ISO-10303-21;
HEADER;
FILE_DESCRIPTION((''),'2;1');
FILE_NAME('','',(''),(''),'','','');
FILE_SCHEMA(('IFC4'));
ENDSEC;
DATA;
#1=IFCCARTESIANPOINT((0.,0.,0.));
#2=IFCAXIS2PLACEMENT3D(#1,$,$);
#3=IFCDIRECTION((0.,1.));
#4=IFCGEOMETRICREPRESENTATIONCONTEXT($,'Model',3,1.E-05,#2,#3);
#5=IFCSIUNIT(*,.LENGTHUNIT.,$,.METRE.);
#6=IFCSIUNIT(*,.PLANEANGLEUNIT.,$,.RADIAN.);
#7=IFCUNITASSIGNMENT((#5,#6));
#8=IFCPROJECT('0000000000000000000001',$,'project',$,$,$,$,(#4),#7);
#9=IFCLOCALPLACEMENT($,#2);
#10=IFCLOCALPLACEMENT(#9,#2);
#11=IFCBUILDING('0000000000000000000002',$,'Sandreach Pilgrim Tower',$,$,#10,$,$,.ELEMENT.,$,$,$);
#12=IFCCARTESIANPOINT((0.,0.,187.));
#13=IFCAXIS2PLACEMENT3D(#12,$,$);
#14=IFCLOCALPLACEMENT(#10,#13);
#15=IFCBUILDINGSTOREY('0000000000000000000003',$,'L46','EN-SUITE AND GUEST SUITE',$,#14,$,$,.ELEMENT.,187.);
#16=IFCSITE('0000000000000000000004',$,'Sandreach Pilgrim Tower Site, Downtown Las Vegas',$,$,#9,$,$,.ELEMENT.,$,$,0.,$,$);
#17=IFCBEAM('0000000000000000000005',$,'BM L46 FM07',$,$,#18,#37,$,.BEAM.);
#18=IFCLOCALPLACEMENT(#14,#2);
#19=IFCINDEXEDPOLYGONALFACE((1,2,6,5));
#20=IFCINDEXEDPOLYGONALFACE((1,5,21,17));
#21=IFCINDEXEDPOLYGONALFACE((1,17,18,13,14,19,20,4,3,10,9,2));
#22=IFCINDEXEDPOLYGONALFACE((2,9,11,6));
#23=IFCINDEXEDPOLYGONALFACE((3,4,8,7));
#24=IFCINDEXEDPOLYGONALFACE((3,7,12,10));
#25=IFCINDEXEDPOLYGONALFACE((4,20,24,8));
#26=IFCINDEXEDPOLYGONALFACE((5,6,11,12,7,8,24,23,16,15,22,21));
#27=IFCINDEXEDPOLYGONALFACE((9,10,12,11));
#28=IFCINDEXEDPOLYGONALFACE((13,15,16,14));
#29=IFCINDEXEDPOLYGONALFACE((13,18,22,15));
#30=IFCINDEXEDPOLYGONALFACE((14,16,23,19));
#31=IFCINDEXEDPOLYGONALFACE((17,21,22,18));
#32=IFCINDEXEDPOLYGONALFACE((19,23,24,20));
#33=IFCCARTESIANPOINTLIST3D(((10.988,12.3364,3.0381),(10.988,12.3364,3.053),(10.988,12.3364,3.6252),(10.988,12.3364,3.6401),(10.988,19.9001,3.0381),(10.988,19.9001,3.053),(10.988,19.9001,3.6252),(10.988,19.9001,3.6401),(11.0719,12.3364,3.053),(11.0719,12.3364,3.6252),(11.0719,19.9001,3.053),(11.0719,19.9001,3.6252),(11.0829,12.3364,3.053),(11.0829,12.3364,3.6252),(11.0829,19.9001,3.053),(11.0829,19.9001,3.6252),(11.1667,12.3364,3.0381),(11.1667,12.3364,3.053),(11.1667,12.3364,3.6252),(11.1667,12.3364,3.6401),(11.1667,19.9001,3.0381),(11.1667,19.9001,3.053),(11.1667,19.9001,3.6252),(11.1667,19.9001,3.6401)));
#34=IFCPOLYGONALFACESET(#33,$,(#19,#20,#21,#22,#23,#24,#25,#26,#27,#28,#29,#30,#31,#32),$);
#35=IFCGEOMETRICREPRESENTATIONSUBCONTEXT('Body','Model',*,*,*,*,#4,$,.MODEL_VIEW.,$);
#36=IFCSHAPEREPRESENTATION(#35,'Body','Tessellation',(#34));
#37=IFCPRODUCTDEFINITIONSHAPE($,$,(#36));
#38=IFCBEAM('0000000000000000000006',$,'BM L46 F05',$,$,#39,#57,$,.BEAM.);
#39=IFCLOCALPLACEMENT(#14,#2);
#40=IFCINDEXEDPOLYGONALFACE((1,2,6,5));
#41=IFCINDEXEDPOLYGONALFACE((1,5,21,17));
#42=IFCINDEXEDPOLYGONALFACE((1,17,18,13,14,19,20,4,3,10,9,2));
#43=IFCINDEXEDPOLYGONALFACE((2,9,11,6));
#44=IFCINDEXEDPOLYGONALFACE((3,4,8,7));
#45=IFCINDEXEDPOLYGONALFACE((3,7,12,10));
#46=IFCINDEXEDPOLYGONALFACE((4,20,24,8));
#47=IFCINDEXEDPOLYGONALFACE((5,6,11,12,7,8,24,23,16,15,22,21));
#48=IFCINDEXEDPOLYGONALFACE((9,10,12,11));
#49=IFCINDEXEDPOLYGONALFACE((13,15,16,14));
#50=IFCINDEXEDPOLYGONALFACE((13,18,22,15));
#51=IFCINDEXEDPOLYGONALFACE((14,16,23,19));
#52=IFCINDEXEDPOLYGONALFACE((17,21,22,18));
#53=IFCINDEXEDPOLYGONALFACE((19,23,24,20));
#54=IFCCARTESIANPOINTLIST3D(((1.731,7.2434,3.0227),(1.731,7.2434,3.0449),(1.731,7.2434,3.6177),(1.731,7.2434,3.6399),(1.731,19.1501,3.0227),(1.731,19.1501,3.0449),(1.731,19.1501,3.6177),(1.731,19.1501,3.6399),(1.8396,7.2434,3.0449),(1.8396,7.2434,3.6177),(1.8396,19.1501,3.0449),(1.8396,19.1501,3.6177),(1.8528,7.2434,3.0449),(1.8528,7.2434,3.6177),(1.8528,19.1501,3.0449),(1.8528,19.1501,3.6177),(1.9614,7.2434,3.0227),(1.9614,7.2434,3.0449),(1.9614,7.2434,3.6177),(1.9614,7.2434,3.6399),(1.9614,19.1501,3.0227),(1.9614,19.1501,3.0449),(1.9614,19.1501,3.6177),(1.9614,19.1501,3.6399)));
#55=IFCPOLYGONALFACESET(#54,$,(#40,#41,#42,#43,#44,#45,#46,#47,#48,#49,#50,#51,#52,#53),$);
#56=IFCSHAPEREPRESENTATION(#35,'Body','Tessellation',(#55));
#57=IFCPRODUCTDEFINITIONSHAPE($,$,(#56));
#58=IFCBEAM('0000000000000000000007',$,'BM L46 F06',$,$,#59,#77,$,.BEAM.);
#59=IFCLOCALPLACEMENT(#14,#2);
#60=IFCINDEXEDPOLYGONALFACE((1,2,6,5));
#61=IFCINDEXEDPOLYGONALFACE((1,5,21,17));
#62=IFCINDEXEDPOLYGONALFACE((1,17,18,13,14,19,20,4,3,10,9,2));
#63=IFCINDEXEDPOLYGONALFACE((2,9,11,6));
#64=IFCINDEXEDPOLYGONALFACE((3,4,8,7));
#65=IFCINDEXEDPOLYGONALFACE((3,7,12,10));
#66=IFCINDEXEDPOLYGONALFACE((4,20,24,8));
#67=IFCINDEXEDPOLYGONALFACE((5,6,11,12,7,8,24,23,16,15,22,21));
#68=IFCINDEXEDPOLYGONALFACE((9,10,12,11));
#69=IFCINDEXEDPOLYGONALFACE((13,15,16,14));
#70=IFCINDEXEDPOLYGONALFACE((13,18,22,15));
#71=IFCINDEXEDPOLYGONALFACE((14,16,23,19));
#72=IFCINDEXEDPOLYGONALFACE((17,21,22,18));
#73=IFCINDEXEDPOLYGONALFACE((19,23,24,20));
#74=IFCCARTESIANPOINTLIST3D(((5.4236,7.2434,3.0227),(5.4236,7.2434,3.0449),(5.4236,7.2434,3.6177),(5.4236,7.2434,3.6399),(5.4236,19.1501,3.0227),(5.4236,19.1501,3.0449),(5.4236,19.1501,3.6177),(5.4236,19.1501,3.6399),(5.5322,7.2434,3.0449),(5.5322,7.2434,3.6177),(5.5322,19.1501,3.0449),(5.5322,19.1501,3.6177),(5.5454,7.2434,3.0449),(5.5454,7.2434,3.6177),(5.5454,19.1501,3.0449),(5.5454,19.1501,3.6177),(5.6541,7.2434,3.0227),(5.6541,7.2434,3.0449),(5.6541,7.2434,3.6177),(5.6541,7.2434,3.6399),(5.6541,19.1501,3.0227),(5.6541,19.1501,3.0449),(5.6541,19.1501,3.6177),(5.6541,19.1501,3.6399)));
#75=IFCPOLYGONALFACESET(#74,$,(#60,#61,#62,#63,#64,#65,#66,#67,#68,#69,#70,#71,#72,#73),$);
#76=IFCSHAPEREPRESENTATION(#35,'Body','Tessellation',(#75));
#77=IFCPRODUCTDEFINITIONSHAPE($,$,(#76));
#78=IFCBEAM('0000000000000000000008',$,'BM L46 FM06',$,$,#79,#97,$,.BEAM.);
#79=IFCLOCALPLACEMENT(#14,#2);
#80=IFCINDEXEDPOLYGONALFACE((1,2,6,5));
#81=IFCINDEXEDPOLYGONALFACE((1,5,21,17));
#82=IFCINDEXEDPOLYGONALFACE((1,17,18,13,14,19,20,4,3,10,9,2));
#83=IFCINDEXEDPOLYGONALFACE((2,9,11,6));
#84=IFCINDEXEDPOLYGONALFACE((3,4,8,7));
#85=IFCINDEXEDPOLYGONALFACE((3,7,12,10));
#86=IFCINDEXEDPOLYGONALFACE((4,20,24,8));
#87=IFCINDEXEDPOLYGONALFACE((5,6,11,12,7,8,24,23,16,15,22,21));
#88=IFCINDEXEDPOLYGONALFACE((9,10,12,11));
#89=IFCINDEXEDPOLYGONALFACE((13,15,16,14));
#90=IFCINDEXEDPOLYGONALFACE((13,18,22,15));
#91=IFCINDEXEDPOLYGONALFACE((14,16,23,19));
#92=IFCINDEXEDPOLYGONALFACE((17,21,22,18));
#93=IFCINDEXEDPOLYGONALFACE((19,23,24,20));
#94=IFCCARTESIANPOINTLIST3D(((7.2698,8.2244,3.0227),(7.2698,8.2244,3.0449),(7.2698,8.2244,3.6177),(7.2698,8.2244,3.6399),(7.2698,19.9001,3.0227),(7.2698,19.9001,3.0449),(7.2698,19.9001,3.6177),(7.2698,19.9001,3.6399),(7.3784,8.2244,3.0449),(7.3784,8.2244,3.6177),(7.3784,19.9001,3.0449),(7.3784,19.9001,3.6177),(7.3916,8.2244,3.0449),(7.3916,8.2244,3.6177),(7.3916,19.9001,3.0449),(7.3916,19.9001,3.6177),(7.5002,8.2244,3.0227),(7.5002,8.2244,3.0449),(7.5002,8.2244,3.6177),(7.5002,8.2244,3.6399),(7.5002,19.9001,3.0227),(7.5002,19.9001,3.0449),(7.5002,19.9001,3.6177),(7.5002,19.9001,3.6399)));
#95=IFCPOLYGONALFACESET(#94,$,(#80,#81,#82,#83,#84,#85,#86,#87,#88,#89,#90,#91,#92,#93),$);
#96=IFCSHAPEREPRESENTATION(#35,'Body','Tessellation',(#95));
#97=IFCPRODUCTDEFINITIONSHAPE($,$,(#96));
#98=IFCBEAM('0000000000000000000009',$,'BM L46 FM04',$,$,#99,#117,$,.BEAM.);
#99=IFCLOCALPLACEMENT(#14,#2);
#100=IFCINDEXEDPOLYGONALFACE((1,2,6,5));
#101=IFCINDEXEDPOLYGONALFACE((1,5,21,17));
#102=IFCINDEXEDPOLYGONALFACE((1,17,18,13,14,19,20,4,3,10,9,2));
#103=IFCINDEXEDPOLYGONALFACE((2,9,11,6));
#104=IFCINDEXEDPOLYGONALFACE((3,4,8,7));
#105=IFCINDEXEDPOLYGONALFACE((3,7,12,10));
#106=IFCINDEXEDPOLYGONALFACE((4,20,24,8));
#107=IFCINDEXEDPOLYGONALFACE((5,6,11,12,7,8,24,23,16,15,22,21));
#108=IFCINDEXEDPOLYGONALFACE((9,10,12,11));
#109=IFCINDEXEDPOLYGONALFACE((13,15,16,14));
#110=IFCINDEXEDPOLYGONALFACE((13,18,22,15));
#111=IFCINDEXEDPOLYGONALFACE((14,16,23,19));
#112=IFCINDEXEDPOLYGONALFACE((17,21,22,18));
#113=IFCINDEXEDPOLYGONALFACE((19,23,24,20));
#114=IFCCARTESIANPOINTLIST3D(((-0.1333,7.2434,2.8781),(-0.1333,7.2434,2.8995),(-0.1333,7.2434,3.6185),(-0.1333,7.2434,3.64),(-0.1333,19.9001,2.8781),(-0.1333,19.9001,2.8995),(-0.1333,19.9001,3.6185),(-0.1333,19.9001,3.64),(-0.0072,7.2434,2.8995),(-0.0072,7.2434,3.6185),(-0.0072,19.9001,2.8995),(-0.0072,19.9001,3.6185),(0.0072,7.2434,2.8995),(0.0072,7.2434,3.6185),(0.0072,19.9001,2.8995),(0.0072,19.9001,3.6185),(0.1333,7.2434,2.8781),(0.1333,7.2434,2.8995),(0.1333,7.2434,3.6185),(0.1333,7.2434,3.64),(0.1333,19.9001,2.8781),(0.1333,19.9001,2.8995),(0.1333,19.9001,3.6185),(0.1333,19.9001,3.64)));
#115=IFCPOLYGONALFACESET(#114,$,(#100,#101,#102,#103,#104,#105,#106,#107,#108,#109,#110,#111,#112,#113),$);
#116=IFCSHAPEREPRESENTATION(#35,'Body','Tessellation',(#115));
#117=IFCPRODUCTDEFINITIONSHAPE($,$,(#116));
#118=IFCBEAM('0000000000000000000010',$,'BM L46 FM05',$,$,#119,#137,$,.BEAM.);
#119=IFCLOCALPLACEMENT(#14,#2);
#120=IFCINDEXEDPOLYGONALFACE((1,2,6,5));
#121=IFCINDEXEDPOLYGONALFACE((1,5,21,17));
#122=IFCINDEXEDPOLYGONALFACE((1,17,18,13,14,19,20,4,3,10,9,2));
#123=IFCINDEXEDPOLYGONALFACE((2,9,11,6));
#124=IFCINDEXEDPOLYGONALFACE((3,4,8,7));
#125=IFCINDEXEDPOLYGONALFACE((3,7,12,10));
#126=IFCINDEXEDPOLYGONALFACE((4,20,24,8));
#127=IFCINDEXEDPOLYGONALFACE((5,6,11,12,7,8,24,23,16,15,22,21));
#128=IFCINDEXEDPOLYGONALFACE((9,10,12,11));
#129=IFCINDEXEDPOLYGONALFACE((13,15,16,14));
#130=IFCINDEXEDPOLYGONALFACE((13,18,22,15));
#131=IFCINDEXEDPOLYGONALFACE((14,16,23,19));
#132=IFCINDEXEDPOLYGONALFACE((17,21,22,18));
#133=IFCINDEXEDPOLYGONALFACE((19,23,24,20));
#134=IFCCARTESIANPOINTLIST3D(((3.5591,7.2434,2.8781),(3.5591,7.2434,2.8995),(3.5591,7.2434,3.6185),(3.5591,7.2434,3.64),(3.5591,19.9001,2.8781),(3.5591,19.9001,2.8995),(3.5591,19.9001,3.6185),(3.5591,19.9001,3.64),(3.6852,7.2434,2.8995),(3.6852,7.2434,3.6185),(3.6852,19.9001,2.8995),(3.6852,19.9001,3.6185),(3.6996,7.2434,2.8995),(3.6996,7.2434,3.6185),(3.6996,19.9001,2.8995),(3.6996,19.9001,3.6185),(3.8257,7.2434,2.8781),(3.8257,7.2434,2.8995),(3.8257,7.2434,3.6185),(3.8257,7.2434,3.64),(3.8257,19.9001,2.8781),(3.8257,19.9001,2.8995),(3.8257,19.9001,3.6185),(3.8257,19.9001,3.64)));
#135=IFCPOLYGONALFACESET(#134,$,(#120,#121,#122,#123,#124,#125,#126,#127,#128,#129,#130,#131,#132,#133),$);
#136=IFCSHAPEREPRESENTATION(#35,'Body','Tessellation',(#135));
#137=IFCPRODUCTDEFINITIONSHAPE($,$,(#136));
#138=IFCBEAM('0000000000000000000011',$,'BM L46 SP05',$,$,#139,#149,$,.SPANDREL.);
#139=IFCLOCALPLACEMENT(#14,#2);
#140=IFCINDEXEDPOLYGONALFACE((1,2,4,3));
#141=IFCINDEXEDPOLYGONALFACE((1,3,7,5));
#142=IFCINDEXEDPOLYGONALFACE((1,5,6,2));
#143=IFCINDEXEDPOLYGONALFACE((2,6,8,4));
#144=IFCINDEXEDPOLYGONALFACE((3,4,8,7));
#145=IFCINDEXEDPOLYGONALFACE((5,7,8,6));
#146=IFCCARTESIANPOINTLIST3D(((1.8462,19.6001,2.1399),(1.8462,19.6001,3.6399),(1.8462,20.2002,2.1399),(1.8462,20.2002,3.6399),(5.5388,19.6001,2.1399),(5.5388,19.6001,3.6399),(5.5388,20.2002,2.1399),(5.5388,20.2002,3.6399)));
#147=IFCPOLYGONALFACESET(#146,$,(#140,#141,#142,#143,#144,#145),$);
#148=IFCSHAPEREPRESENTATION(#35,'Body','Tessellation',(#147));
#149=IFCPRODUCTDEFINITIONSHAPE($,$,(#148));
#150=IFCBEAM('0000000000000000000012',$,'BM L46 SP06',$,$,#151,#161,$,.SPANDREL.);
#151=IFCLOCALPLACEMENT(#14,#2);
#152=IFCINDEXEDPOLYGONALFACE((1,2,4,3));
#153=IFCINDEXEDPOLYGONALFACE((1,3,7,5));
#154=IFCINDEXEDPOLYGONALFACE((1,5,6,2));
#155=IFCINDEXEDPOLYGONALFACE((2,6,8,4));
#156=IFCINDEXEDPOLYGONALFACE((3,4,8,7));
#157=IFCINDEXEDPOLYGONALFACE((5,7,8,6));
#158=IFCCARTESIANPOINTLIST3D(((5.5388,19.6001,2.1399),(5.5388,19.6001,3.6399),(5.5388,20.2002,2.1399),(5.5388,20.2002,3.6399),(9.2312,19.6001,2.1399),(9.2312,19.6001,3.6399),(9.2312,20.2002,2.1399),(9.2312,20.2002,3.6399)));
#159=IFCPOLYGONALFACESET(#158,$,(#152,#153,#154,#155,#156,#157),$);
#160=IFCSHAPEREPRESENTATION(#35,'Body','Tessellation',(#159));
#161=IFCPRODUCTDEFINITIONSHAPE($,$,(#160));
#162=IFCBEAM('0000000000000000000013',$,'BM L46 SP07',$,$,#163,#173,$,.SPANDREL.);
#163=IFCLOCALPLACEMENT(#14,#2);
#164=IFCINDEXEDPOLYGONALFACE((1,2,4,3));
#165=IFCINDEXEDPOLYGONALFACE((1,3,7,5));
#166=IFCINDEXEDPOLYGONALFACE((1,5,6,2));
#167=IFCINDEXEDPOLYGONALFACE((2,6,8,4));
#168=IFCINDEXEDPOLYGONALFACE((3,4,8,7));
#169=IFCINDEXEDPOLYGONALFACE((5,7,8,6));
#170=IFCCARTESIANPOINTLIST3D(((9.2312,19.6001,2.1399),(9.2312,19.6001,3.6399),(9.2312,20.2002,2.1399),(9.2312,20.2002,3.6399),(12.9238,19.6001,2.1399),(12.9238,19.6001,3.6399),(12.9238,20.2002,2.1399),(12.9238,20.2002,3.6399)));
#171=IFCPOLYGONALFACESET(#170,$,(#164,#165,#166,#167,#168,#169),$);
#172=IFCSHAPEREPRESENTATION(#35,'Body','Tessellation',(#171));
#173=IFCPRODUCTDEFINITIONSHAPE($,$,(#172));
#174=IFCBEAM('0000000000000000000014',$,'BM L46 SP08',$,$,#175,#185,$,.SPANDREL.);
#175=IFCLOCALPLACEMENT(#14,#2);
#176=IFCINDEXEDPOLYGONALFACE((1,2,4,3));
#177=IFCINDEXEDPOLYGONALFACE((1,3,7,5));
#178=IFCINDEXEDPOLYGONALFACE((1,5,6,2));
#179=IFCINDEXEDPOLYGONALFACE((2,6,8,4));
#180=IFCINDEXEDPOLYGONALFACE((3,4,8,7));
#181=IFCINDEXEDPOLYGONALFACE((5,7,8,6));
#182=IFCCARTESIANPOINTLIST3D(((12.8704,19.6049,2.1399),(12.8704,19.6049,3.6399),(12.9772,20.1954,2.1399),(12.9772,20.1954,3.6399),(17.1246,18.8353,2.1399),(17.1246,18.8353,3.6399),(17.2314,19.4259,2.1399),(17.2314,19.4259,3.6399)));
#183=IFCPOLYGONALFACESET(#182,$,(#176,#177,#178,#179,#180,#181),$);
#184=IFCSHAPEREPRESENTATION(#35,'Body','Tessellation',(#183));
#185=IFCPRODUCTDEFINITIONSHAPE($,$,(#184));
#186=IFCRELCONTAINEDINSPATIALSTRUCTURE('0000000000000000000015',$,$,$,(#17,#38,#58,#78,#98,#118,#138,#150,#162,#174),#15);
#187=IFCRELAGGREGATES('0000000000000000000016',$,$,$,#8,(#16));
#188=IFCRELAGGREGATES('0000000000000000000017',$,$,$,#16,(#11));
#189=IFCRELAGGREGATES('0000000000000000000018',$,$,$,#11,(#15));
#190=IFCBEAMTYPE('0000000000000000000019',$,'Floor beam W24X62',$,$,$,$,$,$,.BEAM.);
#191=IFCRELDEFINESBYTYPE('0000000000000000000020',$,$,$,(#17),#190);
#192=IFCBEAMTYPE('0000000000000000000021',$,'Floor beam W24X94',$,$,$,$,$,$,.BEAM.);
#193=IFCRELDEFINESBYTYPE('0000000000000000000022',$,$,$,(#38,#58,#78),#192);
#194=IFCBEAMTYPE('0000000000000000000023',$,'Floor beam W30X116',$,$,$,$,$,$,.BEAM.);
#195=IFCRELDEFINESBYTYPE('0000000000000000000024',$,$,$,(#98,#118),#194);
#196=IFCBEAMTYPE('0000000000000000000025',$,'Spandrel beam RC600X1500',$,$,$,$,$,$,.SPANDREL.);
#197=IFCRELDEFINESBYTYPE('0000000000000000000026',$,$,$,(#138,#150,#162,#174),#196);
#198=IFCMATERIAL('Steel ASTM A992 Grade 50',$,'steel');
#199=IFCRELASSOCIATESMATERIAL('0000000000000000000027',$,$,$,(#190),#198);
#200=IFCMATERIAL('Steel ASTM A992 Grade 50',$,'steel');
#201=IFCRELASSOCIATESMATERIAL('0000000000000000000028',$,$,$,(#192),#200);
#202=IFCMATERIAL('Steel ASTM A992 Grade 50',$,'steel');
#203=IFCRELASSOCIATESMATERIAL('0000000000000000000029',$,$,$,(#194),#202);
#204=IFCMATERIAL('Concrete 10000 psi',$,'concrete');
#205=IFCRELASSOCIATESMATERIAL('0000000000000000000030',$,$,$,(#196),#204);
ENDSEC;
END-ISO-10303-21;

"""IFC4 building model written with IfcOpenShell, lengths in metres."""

from ifc_helpers import new_model, si_unit, direction, frame, origin, origin_2d, place, context, subcontext, project, spatial, rectangle, i_section, extrude, material, material_profile, profile_set, type_object, element, save


model = new_model("IFC4")

# Units and contexts
model_context = context("Model", 3, precision=1e-05, world=origin(), true_north=direction((0.0, 1.0)))
body_context = subcontext(model_context, "Body", "Model", "MODEL_VIEW")
ifc_project = project(units=[si_unit("LENGTHUNIT", "METRE"), si_unit("PLANEANGLEUNIT", "RADIAN")], contexts=[model_context])

# Site, building, storey
site_placement = place(None, origin())
site = spatial("IfcSite", under=ifc_project, at=site_placement, Name="Sandreach Pilgrim Tower Site, Downtown Las Vegas", CompositionType="ELEMENT", RefElevation=0.0)
building_placement = place(site_placement, origin())
building = spatial("IfcBuilding", under=site, at=building_placement, Name="Sandreach Pilgrim Tower", CompositionType="ELEMENT")
storey_placement = place(building_placement, frame((0.0, 0.0, 187.0)))
storey = spatial("IfcBuildingStorey", under=building, at=storey_placement, Name="L46", Description="EN-SUITE AND GUEST SUITE", CompositionType="ELEMENT", Elevation=187.0)

# Beams
ifc_material_1 = material(Name="Steel ASTM A992 Grade 50", Category="steel")
ifc_material_profile_1 = material_profile(ifc_material_1, i_section(OverallWidth=0.1787, OverallDepth=0.6021, WebThickness=0.011, FlangeThickness=0.0149, at=origin_2d()), Name="W24X62")
ifc_profile_set_1 = profile_set([ifc_material_profile_1], Name="Steel ASTM A992 Grade 50")
beam_type_1 = type_object("IfcBeamType", Name="Floor beam W24X62", PredefinedType="BEAM", material=ifc_profile_set_1)
beam_1_placement = place(storey_placement, frame((11.0774, 19.9001, 3.3391), z_axis=(0.0, -1.0, 0.0), x_axis=(1.0, 0.0, 0.0)))
element("IfcBeam", 1, at=beam_1_placement, inside=storey, type_object=beam_type_1, Name="BM L46 FM07", PredefinedType="BEAM", context=body_context, shape_type="SweptSolid", body=[
    extrude(i_section(OverallWidth=0.1787, OverallDepth=0.6021, WebThickness=0.011, FlangeThickness=0.0149, at=origin_2d()), origin(), (0.0, 0.0, 1.0), 7.5637),
])
ifc_material_2 = material(Name="Steel ASTM A992 Grade 50", Category="steel")
ifc_material_profile_2 = material_profile(ifc_material_2, i_section(OverallWidth=0.2305, OverallDepth=0.6172, WebThickness=0.0132, FlangeThickness=0.0222, at=origin_2d()), Name="W24X94")
ifc_profile_set_2 = profile_set([ifc_material_profile_2], Name="Steel ASTM A992 Grade 50")
beam_type_2 = type_object("IfcBeamType", Name="Floor beam W24X94", PredefinedType="BEAM", material=ifc_profile_set_2)
for number, where, z_axis, x_axis, name in (
    (2, (1.8462, 19.1501, 3.3313), (0.0, -1.0, 0.0), (1.0, 0.0, 0.0), "BM L46 F05"),
    (3, (5.5388, 19.1501, 3.3313), (0.0, -1.0, 0.0), (1.0, 0.0, 0.0), "BM L46 F06"),
):
    element("IfcBeam", number, at=place(storey_placement, frame(where, z_axis=z_axis, x_axis=x_axis)), inside=storey, type_object=beam_type_2, Name=name, PredefinedType="BEAM", context=body_context, shape_type="SweptSolid", body=[
        extrude(i_section(OverallWidth=0.2305, OverallDepth=0.6172, WebThickness=0.0132, FlangeThickness=0.0222, at=origin_2d()), origin(), (0.0, 0.0, 1.0), 11.9067),
    ])
beam_2_placement = place(storey_placement, frame((7.385, 19.9001, 3.3313), z_axis=(0.0, -1.0, 0.0), x_axis=(1.0, 0.0, 0.0)))
element("IfcBeam", 4, at=beam_2_placement, inside=storey, type_object=beam_type_2, Name="BM L46 FM06", PredefinedType="BEAM", context=body_context, shape_type="SweptSolid", body=[
    extrude(i_section(OverallWidth=0.2305, OverallDepth=0.6172, WebThickness=0.0132, FlangeThickness=0.0222, at=origin_2d()), origin(), (0.0, 0.0, 1.0), 11.6758),
])
ifc_material_3 = material(Name="Steel ASTM A992 Grade 50", Category="steel")
ifc_material_profile_3 = material_profile(ifc_material_3, i_section(OverallWidth=0.2666, OverallDepth=0.762, WebThickness=0.0144, FlangeThickness=0.0215, at=origin_2d()), Name="W30X116")
ifc_profile_set_3 = profile_set([ifc_material_profile_3], Name="Steel ASTM A992 Grade 50")
beam_type_3 = type_object("IfcBeamType", Name="Floor beam W30X116", PredefinedType="BEAM", material=ifc_profile_set_3)
for number, where, z_axis, x_axis, name in (
    (5, (0.0, 19.9001, 3.259), (0.0, -1.0, 0.0), (1.0, 0.0, 0.0), "BM L46 FM04"),
    (6, (3.6924, 19.9001, 3.259), (0.0, -1.0, 0.0), (1.0, 0.0, 0.0), "BM L46 FM05"),
):
    element("IfcBeam", number, at=place(storey_placement, frame(where, z_axis=z_axis, x_axis=x_axis)), inside=storey, type_object=beam_type_3, Name=name, PredefinedType="BEAM", context=body_context, shape_type="SweptSolid", body=[
        extrude(i_section(OverallWidth=0.2666, OverallDepth=0.762, WebThickness=0.0144, FlangeThickness=0.0215, at=origin_2d()), origin(), (0.0, 0.0, 1.0), 12.6567),
    ])
ifc_material_4 = material(Name="Concrete 10000 psi", Category="concrete")
ifc_material_profile_4 = material_profile(ifc_material_4, rectangle(XDim=0.6001, YDim=1.5, at=origin_2d()), Name="RC600X1500")
ifc_profile_set_4 = profile_set([ifc_material_profile_4], Name="Concrete 10000 psi")
beam_type_4 = type_object("IfcBeamType", Name="Spandrel beam RC600X1500", PredefinedType="SPANDREL", material=ifc_profile_set_4)
beam_3_placement = place(storey_placement, frame((1.8462, 19.9001, 2.8899), z_axis=(1.0, 0.0, 0.0), x_axis=(0.0, 1.0, 0.0)))
element("IfcBeam", 7, at=beam_3_placement, inside=storey, type_object=beam_type_4, Name="BM L46 SP05", PredefinedType="SPANDREL", context=body_context, shape_type="SweptSolid", body=[
    extrude(rectangle(XDim=0.6001, YDim=1.5, at=origin_2d()), origin(), (0.0, 0.0, 1.0), 3.6926),
])
beam_4_placement = place(storey_placement, frame((5.5388, 19.9001, 2.8899), z_axis=(1.0, 0.0, 0.0), x_axis=(0.0, 1.0, 0.0)))
element("IfcBeam", 8, at=beam_4_placement, inside=storey, type_object=beam_type_4, Name="BM L46 SP06", PredefinedType="SPANDREL", context=body_context, shape_type="SweptSolid", body=[
    extrude(rectangle(XDim=0.6001, YDim=1.5, at=origin_2d()), origin(), (0.0, 0.0, 1.0), 3.6924),
])
beam_5_placement = place(storey_placement, frame((9.2312, 19.9001, 2.8899), z_axis=(1.0, 0.0, 0.0), x_axis=(0.0, 1.0, 0.0)))
element("IfcBeam", 9, at=beam_5_placement, inside=storey, type_object=beam_type_4, Name="BM L46 SP07", PredefinedType="SPANDREL", context=body_context, shape_type="SweptSolid", body=[
    extrude(rectangle(XDim=0.6001, YDim=1.5, at=origin_2d()), origin(), (0.0, 0.0, 1.0), 3.6926),
])
beam_6_placement = place(storey_placement, frame((12.9238, 19.9001, 2.8899), z_axis=(0.98403, -0.178001, 0.0), x_axis=(0.178001, 0.98403, 0.0)))
element("IfcBeam", 10, at=beam_6_placement, inside=storey, type_object=beam_type_4, Name="BM L46 SP08", PredefinedType="SPANDREL", context=body_context, shape_type="SweptSolid", body=[
    extrude(rectangle(XDim=0.6001, YDim=1.5, at=origin_2d()), origin(), (0.0, 0.0, 1.0), 4.3232),
])

save(model, "model.ifc")
